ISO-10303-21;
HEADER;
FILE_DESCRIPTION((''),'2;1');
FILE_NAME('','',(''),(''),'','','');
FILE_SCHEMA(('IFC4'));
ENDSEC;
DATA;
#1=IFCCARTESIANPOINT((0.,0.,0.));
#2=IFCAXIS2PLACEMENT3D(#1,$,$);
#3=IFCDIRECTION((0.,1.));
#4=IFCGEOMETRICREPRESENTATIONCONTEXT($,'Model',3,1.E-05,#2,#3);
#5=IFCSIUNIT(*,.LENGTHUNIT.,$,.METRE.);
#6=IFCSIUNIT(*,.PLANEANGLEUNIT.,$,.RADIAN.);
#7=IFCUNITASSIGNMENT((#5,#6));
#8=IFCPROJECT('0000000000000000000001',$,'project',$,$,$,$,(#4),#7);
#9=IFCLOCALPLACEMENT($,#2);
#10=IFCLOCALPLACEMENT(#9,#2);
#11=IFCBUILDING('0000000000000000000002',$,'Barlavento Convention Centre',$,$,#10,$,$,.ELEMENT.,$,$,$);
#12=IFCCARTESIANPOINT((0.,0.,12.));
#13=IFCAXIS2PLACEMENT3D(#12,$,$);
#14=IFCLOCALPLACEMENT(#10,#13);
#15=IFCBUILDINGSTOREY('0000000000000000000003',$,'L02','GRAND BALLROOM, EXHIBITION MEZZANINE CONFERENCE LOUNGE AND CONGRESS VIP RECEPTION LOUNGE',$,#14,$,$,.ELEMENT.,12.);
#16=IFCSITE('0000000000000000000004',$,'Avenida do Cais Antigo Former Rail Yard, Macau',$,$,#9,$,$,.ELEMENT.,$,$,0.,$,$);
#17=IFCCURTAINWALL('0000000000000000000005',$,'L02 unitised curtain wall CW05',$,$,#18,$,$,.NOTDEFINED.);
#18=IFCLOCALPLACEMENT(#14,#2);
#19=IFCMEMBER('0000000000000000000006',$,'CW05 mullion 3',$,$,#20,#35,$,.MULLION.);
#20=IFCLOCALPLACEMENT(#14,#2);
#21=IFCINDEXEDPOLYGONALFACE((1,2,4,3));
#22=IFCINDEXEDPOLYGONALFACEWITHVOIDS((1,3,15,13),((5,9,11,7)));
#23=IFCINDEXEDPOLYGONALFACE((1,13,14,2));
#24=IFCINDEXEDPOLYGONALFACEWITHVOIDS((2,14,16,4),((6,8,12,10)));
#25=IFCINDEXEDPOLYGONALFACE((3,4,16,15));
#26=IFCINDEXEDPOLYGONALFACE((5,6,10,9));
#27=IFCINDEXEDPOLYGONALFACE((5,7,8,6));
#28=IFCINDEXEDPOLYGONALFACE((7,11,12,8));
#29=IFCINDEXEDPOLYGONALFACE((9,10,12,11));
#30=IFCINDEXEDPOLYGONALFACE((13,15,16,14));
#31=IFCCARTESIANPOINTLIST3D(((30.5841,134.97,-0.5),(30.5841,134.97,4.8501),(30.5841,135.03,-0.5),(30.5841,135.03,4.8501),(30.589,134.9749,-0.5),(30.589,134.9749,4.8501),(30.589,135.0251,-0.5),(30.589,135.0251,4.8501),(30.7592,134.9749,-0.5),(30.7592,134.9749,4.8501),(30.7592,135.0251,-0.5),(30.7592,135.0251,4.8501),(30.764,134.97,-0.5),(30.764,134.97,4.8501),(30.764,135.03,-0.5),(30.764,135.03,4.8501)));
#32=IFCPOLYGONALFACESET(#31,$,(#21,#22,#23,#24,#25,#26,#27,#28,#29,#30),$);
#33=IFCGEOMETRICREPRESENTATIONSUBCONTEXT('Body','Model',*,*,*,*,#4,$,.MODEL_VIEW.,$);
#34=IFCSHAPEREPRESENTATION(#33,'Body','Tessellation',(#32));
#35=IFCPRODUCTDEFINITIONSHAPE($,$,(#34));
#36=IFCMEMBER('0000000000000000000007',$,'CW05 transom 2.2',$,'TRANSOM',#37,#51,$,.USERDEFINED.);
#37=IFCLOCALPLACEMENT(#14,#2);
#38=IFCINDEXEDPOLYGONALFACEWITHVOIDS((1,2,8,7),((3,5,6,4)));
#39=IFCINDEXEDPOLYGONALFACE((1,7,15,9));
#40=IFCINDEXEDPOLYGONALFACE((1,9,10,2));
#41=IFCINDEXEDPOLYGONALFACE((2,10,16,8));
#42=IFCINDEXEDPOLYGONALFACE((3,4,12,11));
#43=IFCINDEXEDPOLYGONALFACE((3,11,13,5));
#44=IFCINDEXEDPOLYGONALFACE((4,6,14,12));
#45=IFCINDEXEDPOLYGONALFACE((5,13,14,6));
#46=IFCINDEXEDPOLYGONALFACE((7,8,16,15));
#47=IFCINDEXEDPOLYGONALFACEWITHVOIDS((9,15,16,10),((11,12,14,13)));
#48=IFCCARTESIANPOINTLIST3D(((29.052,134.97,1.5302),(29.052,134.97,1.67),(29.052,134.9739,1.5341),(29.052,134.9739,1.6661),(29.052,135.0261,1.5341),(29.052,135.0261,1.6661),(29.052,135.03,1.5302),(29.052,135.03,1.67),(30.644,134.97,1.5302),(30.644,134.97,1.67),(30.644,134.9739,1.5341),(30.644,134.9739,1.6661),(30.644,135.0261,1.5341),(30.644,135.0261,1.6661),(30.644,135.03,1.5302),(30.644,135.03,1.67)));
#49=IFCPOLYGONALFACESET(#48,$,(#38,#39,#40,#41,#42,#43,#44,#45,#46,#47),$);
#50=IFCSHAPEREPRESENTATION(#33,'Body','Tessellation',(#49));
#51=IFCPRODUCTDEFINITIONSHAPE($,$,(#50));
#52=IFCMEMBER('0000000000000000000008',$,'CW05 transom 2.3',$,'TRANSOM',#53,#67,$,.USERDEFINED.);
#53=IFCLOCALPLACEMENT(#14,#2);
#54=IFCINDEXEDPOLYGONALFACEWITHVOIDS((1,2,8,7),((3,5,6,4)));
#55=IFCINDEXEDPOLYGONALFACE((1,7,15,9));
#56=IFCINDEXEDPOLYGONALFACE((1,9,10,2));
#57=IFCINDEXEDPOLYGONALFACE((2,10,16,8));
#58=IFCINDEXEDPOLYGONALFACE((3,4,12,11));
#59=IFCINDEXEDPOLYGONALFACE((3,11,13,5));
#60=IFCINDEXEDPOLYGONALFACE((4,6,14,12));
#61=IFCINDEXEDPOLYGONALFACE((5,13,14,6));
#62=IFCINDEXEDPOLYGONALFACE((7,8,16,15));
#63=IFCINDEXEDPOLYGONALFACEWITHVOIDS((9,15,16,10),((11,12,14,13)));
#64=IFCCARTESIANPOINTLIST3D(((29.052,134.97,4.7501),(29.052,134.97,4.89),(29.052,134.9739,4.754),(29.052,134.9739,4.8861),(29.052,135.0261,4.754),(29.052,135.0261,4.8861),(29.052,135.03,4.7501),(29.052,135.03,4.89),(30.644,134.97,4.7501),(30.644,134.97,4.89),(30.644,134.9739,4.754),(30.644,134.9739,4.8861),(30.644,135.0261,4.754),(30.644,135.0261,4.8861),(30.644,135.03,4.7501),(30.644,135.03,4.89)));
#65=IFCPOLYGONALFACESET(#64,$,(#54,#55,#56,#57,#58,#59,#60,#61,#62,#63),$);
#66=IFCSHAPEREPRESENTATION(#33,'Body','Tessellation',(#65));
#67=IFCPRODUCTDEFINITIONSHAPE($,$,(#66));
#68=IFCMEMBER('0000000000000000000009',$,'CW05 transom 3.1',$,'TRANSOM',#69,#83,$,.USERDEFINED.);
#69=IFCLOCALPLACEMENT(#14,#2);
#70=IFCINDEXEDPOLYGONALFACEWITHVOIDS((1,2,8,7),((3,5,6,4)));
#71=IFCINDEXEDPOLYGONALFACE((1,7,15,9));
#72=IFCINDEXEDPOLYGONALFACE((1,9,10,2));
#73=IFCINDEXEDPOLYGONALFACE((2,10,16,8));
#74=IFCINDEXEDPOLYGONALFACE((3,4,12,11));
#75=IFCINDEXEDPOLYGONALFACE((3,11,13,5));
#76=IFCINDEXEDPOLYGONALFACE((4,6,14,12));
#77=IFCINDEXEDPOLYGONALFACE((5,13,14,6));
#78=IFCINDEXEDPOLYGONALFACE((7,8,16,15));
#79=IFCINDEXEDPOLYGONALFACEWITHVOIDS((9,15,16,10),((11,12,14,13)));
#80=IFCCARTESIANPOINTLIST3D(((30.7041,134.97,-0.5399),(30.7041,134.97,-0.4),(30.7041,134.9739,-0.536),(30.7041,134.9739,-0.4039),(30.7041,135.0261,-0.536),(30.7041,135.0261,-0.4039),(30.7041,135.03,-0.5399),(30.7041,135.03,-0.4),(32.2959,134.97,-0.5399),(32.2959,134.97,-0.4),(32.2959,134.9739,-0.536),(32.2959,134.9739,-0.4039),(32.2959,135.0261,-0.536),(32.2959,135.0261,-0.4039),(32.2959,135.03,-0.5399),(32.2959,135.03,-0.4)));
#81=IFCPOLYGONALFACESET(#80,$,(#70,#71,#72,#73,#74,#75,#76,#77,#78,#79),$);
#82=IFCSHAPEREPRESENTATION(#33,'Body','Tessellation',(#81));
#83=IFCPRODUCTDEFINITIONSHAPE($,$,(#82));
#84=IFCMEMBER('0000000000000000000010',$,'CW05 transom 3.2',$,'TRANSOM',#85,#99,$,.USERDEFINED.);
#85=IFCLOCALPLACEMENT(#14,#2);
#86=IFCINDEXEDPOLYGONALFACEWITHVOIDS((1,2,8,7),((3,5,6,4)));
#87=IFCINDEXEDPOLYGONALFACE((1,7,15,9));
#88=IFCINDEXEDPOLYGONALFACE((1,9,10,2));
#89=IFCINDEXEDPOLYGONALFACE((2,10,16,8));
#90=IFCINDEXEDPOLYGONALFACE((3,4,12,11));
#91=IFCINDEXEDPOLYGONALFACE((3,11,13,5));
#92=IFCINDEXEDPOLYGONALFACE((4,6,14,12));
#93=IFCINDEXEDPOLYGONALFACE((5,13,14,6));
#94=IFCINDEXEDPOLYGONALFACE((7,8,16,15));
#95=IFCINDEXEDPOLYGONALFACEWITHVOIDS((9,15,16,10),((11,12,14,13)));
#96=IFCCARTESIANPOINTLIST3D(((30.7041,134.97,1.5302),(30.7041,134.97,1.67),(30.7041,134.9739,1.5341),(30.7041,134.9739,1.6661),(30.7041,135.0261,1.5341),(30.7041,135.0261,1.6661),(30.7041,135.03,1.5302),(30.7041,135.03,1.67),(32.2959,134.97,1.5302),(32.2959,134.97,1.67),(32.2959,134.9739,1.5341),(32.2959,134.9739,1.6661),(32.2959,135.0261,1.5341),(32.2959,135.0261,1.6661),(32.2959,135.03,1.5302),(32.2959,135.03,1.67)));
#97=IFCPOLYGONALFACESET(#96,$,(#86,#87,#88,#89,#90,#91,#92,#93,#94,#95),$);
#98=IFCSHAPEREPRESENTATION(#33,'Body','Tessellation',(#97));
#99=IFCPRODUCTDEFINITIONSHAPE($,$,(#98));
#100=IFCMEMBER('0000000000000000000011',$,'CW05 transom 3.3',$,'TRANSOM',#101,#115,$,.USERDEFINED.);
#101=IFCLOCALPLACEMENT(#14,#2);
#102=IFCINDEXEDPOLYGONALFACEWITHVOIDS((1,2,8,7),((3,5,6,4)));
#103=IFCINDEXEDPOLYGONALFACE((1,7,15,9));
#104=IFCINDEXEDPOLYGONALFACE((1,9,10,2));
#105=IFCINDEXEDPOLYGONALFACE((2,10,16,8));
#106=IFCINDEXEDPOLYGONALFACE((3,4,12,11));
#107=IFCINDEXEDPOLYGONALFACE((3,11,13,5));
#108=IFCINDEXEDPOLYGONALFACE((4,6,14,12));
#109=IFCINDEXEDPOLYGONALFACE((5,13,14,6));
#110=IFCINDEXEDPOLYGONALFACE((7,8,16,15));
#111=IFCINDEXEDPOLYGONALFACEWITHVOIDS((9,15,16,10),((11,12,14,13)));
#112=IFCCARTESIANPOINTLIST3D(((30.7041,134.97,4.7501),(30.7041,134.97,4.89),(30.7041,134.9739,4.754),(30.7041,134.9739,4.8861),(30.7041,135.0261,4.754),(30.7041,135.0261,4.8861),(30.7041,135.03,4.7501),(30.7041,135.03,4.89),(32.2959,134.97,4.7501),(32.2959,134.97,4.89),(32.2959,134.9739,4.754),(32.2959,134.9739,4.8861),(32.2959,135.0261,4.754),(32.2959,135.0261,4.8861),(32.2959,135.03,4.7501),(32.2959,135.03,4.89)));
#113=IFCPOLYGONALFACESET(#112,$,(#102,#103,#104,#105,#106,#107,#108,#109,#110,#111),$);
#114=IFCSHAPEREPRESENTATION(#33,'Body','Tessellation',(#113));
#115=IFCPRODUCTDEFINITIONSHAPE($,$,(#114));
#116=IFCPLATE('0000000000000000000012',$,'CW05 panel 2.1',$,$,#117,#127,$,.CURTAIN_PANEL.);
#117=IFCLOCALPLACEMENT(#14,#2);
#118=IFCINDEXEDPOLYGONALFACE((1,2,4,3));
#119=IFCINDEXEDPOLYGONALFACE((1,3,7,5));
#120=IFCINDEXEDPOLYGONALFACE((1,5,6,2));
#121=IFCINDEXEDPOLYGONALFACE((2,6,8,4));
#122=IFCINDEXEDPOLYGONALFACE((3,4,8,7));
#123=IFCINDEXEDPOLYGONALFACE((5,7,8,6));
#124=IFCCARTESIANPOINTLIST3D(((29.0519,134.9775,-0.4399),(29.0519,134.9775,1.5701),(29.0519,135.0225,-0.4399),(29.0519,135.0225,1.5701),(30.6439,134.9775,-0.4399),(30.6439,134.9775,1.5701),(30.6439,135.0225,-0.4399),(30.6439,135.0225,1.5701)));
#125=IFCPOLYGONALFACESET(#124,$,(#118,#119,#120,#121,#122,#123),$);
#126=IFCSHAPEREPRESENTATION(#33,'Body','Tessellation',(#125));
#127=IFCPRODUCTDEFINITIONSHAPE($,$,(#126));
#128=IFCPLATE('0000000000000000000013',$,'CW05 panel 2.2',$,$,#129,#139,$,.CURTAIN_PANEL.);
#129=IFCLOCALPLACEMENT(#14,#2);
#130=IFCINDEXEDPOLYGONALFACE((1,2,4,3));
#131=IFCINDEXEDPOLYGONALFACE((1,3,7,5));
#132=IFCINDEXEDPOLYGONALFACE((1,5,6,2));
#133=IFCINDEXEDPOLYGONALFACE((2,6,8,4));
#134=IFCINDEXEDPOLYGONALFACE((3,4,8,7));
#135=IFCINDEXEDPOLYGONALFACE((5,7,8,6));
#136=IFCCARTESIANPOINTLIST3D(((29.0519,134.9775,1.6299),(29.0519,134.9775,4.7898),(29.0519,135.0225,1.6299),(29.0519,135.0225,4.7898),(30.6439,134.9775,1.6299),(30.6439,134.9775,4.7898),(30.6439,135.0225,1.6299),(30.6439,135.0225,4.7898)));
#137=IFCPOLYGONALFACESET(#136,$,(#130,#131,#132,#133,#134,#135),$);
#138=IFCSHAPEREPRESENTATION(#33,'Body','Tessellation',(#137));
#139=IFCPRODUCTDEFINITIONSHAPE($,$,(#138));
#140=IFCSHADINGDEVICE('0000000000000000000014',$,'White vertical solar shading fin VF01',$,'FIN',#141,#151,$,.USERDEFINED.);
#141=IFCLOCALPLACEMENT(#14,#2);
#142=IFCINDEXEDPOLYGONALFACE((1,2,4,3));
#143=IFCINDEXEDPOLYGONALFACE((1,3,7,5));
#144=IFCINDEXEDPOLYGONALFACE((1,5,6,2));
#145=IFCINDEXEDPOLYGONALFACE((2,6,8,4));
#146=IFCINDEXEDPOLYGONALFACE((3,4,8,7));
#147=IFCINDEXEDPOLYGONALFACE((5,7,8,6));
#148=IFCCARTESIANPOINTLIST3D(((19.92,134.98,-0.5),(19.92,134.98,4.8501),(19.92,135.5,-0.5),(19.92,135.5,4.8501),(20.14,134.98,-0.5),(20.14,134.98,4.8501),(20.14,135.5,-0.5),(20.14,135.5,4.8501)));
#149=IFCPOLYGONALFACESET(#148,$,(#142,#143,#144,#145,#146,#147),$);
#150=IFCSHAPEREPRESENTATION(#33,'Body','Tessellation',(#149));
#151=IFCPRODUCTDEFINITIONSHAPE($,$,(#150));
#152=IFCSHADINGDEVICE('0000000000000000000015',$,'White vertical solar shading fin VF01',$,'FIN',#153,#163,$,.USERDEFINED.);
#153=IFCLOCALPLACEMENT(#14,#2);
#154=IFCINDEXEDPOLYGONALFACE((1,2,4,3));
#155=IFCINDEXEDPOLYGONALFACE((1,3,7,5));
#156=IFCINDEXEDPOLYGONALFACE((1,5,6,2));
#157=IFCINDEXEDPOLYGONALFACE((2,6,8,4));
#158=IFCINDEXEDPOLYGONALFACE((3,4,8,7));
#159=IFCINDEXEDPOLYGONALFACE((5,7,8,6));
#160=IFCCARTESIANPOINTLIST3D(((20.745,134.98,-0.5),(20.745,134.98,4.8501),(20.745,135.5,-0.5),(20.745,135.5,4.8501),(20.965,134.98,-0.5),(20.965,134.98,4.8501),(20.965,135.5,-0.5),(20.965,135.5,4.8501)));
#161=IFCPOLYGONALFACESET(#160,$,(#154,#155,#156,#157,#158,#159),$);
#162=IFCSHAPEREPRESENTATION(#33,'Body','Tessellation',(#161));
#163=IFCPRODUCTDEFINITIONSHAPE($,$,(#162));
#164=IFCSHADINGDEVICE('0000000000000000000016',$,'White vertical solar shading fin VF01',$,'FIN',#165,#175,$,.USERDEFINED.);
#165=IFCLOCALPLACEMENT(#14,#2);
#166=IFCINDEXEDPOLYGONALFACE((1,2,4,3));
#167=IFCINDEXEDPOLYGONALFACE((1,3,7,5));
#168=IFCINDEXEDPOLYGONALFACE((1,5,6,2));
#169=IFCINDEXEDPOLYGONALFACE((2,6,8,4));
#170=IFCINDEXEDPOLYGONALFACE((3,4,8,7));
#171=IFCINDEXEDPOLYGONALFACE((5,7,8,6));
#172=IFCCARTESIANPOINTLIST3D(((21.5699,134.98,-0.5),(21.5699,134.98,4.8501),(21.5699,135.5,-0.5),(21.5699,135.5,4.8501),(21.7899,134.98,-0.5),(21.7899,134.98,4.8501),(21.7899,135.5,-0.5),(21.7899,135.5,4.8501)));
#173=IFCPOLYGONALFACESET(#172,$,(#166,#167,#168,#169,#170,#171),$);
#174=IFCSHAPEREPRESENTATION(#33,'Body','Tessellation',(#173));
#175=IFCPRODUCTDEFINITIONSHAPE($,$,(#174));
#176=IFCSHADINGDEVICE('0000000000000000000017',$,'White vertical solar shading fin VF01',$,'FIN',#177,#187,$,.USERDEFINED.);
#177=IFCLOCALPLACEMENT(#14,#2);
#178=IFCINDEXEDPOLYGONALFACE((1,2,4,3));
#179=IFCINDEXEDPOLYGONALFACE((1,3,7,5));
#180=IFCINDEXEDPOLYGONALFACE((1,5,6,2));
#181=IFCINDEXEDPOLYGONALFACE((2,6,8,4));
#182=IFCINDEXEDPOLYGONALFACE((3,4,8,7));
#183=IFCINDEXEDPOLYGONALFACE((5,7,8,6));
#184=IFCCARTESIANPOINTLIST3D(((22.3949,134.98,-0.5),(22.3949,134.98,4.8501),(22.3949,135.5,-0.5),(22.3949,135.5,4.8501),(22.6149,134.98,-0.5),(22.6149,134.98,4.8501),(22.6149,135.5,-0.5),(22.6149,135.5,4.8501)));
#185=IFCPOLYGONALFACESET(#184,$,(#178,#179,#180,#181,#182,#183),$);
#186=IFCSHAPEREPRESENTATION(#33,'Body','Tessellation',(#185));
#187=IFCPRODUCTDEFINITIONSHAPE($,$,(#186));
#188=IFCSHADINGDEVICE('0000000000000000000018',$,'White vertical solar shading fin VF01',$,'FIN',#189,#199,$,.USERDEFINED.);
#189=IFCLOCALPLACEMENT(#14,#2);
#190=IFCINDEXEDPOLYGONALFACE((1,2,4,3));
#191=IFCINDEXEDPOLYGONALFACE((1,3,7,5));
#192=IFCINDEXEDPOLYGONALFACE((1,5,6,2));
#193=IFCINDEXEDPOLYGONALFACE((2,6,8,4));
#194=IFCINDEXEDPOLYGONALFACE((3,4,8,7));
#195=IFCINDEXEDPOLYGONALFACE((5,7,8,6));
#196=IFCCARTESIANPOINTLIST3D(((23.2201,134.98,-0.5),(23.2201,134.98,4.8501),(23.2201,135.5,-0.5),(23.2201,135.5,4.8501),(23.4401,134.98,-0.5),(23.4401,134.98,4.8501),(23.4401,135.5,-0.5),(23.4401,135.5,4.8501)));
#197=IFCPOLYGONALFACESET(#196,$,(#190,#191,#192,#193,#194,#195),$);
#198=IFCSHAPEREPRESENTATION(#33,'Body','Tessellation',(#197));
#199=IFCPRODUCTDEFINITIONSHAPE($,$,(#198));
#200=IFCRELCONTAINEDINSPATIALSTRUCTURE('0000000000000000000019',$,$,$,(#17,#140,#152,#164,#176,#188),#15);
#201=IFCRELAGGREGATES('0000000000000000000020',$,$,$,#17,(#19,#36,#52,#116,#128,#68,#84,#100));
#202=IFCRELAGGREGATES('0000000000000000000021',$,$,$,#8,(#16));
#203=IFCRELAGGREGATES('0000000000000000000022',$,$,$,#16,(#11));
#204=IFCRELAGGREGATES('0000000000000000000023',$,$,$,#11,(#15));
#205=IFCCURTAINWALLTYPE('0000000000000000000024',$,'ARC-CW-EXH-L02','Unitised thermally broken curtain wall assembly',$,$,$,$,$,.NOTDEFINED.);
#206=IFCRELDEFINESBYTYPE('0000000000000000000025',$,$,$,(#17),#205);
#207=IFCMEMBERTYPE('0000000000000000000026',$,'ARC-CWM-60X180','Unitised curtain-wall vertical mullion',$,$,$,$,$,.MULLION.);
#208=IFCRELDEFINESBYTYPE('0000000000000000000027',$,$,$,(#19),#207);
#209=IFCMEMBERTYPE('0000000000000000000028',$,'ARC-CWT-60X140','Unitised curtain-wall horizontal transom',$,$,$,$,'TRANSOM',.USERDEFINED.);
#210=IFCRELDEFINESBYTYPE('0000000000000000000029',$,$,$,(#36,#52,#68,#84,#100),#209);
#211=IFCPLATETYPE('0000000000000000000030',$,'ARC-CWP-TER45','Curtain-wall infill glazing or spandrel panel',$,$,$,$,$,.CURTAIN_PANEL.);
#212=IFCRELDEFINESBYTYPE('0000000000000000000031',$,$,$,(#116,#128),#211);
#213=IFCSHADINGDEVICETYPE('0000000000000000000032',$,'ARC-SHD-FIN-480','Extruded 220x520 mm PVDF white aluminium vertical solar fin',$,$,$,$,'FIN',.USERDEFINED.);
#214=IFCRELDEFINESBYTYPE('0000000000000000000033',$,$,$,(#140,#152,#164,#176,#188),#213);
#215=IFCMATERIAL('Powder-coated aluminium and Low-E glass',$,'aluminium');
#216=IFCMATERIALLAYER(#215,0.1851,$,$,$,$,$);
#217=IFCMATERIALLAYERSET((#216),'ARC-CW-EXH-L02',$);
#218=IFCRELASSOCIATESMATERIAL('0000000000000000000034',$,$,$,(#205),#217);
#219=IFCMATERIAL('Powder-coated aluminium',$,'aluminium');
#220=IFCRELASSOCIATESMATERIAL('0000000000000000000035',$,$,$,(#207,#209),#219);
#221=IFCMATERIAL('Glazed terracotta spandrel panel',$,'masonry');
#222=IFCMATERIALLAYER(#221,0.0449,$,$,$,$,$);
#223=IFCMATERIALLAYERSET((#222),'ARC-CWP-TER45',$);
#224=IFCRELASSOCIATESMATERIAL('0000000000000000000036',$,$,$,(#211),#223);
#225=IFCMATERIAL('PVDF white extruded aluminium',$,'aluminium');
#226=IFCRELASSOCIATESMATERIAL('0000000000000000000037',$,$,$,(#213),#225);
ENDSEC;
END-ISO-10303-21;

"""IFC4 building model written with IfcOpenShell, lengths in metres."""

from ifc_helpers import new_model, si_unit, direction, frame, origin, origin_2d, place, context, subcontext, project, spatial, rectangle, hollow_rectangle, extrude, material, layer, layer_set, material_profile, profile_set, type_object, element, aggregate, save


model = new_model("IFC4")

# Units and contexts
model_context = context("Model", 3, precision=1e-05, world=origin(), true_north=direction((0.0, 1.0)))
body_context = subcontext(model_context, "Body", "Model", "MODEL_VIEW")
ifc_project = project(units=[si_unit("LENGTHUNIT", "METRE"), si_unit("PLANEANGLEUNIT", "RADIAN")], contexts=[model_context])

# Site, building, storey
site_placement = place(None, origin())
site = spatial("IfcSite", under=ifc_project, at=site_placement, Name="Avenida do Cais Antigo Former Rail Yard, Macau", CompositionType="ELEMENT", RefElevation=0.0)
building_placement = place(site_placement, origin())
building = spatial("IfcBuilding", under=site, at=building_placement, Name="Barlavento Convention Centre", CompositionType="ELEMENT")
storey_placement = place(building_placement, frame((0.0, 0.0, 12.0)))
storey = spatial("IfcBuildingStorey", under=building, at=storey_placement, Name="L02", Description="GRAND BALLROOM, EXHIBITION MEZZANINE CONFERENCE LOUNGE AND CONGRESS VIP RECEPTION LOUNGE", CompositionType="ELEMENT", Elevation=12.0)

# Curtain wall, members, plates
ifc_material_1 = material(Name="Powder-coated aluminium and Low-E glass", Category="aluminium")
ifc_layer_1 = layer(ifc_material_1, 0.1851)
ifc_layer_set_1 = layer_set([ifc_layer_1], Name="ARC-CW-EXH-L02")
curtain_wall_type = type_object("IfcCurtainWallType", Name="ARC-CW-EXH-L02", Description="Unitised thermally broken curtain wall assembly", PredefinedType="NOTDEFINED", material=ifc_layer_set_1)
curtain_wall_placement = place(storey_placement, origin())
curtain_wall = element("IfcCurtainWall", 1, at=curtain_wall_placement, inside=storey, type_object=curtain_wall_type, Name="L02 unitised curtain wall CW05", PredefinedType="NOTDEFINED")
ifc_material_2 = material(Name="Powder-coated aluminium", Category="aluminium")
ifc_material_profile_1 = material_profile(ifc_material_2, hollow_rectangle(XDim=0.0601, YDim=0.1799, WallThickness=0.0049, at=origin_2d()), Name="AL-MULL 60x180x5")
ifc_profile_set_1 = profile_set([ifc_material_profile_1], Name="Powder-coated aluminium")
member_type_1 = type_object("IfcMemberType", Name="ARC-CWM-60X180", Description="Unitised curtain-wall vertical mullion", PredefinedType="MULLION", material=ifc_profile_set_1)
member_1_placement = place(storey_placement, frame((30.6741, 135.0, -0.5), z_axis=(0.0, 0.0, 1.0), x_axis=(0.0, 1.0, 0.0)))
member_1 = element("IfcMember", 2, at=member_1_placement, type_object=member_type_1, Name="CW05 mullion 3", PredefinedType="MULLION", context=body_context, shape_type="SweptSolid", body=[
    extrude(hollow_rectangle(XDim=0.0601, YDim=0.1799, WallThickness=0.0049, at=origin_2d()), origin(), (0.0, 0.0, 1.0), 5.3501),
])
ifc_material_profile_2 = material_profile(ifc_material_2, hollow_rectangle(XDim=0.0601, YDim=0.1399, WallThickness=0.0039, at=origin_2d()), Name="AL-TRAN 60x140x4")
ifc_profile_set_2 = profile_set([ifc_material_profile_2], Name="Powder-coated aluminium")
member_type_2 = type_object("IfcMemberType", Name="ARC-CWT-60X140", Description="Unitised curtain-wall horizontal transom", ElementType="TRANSOM", PredefinedType="USERDEFINED", material=ifc_profile_set_2)
member_2_placement = place(storey_placement, frame((29.052, 135.0, 1.6001), z_axis=(1.0, 0.0, 0.0), x_axis=(0.0, 1.0, 0.0)))
member_2 = element("IfcMember", 3, at=member_2_placement, type_object=member_type_2, Name="CW05 transom 2.2", ObjectType="TRANSOM", PredefinedType="USERDEFINED", context=body_context, shape_type="SweptSolid", body=[
    extrude(hollow_rectangle(XDim=0.0601, YDim=0.1399, WallThickness=0.0039, at=origin_2d()), origin(), (0.0, 0.0, 1.0), 1.592),
])
member_3_placement = place(storey_placement, frame((29.052, 135.0, 4.8201), z_axis=(1.0, 0.0, 0.0), x_axis=(0.0, 1.0, 0.0)))
member_3 = element("IfcMember", 4, at=member_3_placement, type_object=member_type_2, Name="CW05 transom 2.3", ObjectType="TRANSOM", PredefinedType="USERDEFINED", context=body_context, shape_type="SweptSolid", body=[
    extrude(hollow_rectangle(XDim=0.0601, YDim=0.1399, WallThickness=0.0039, at=origin_2d()), origin(), (0.0, 0.0, 1.0), 1.592),
])
member_4_placement = place(storey_placement, frame((30.7041, 135.0, -0.47), z_axis=(1.0, 0.0, 0.0), x_axis=(0.0, 1.0, 0.0)))
member_4 = element("IfcMember", 5, at=member_4_placement, type_object=member_type_2, Name="CW05 transom 3.1", ObjectType="TRANSOM", PredefinedType="USERDEFINED", context=body_context, shape_type="SweptSolid", body=[
    extrude(hollow_rectangle(XDim=0.0601, YDim=0.1399, WallThickness=0.0039, at=origin_2d()), origin(), (0.0, 0.0, 1.0), 1.5918),
])
member_5_placement = place(storey_placement, frame((30.7041, 135.0, 1.6001), z_axis=(1.0, 0.0, 0.0), x_axis=(0.0, 1.0, 0.0)))
member_5 = element("IfcMember", 6, at=member_5_placement, type_object=member_type_2, Name="CW05 transom 3.2", ObjectType="TRANSOM", PredefinedType="USERDEFINED", context=body_context, shape_type="SweptSolid", body=[
    extrude(hollow_rectangle(XDim=0.0601, YDim=0.1399, WallThickness=0.0039, at=origin_2d()), origin(), (0.0, 0.0, 1.0), 1.5918),
])
member_6_placement = place(storey_placement, frame((30.7041, 135.0, 4.8201), z_axis=(1.0, 0.0, 0.0), x_axis=(0.0, 1.0, 0.0)))
member_6 = element("IfcMember", 7, at=member_6_placement, type_object=member_type_2, Name="CW05 transom 3.3", ObjectType="TRANSOM", PredefinedType="USERDEFINED", context=body_context, shape_type="SweptSolid", body=[
    extrude(hollow_rectangle(XDim=0.0601, YDim=0.1399, WallThickness=0.0039, at=origin_2d()), origin(), (0.0, 0.0, 1.0), 1.5918),
])
ifc_material_3 = material(Name="Glazed terracotta spandrel panel", Category="masonry")
ifc_layer_2 = layer(ifc_material_3, 0.0449)
ifc_layer_set_2 = layer_set([ifc_layer_2], Name="ARC-CWP-TER45")
plate_type = type_object("IfcPlateType", Name="ARC-CWP-TER45", Description="Curtain-wall infill glazing or spandrel panel", PredefinedType="CURTAIN_PANEL", material=ifc_layer_set_2)
plate_1_placement = place(storey_placement, frame((29.8479, 135.0, -0.4399), z_axis=(0.0, 0.0, 1.0), x_axis=(1.0, 0.0, 0.0)))
plate_1 = element("IfcPlate", 8, at=plate_1_placement, type_object=plate_type, Name="CW05 panel 2.1", PredefinedType="CURTAIN_PANEL", context=body_context, shape_type="SweptSolid", body=[
    extrude(rectangle(XDim=1.592, YDim=0.0449, at=origin_2d()), origin(), (0.0, 0.0, 1.0), 2.01),
])
plate_2_placement = place(storey_placement, frame((29.8479, 135.0, 1.6299), z_axis=(0.0, 0.0, 1.0), x_axis=(1.0, 0.0, 0.0)))
plate_2 = element("IfcPlate", 9, at=plate_2_placement, type_object=plate_type, Name="CW05 panel 2.2", PredefinedType="CURTAIN_PANEL", context=body_context, shape_type="SweptSolid", body=[
    extrude(rectangle(XDim=1.592, YDim=0.0449, at=origin_2d()), origin(), (0.0, 0.0, 1.0), 3.1599),
])
aggregate(curtain_wall, [member_1, member_2, member_3, plate_1, plate_2, member_4, member_5, member_6])

# Shading devices
ifc_material_4 = material(Name="PVDF white extruded aluminium", Category="aluminium")
shading_device_type = type_object("IfcShadingDeviceType", Name="ARC-SHD-FIN-480", Description="Extruded 220x520 mm PVDF white aluminium vertical solar fin", ElementType="FIN", PredefinedType="USERDEFINED", material=ifc_material_4)
for number, where, z_axis, x_axis, name in (
    (10, (20.03, 135.24, -0.5), (0.0, 0.0, 1.0), (1.0, 0.0, 0.0), "White vertical solar shading fin VF01"),
    (11, (20.855, 135.24, -0.5), (0.0, 0.0, 1.0), (1.0, 0.0, 0.0), "White vertical solar shading fin VF01"),
    (12, (21.6799, 135.24, -0.5), (0.0, 0.0, 1.0), (1.0, 0.0, 0.0), "White vertical solar shading fin VF01"),
    (13, (22.5049, 135.24, -0.5), (0.0, 0.0, 1.0), (1.0, 0.0, 0.0), "White vertical solar shading fin VF01"),
    (14, (23.3301, 135.24, -0.5), (0.0, 0.0, 1.0), (1.0, 0.0, 0.0), "White vertical solar shading fin VF01"),
):
    element("IfcShadingDevice", number, at=place(storey_placement, frame(where, z_axis=z_axis, x_axis=x_axis)), inside=storey, type_object=shading_device_type, Name=name, ObjectType="FIN", PredefinedType="USERDEFINED", context=body_context, shape_type="SweptSolid", body=[
        extrude(rectangle(XDim=0.22, YDim=0.52, at=origin_2d()), origin(), (0.0, 0.0, 1.0), 5.3501),
    ])

save(model, "model.ifc")
